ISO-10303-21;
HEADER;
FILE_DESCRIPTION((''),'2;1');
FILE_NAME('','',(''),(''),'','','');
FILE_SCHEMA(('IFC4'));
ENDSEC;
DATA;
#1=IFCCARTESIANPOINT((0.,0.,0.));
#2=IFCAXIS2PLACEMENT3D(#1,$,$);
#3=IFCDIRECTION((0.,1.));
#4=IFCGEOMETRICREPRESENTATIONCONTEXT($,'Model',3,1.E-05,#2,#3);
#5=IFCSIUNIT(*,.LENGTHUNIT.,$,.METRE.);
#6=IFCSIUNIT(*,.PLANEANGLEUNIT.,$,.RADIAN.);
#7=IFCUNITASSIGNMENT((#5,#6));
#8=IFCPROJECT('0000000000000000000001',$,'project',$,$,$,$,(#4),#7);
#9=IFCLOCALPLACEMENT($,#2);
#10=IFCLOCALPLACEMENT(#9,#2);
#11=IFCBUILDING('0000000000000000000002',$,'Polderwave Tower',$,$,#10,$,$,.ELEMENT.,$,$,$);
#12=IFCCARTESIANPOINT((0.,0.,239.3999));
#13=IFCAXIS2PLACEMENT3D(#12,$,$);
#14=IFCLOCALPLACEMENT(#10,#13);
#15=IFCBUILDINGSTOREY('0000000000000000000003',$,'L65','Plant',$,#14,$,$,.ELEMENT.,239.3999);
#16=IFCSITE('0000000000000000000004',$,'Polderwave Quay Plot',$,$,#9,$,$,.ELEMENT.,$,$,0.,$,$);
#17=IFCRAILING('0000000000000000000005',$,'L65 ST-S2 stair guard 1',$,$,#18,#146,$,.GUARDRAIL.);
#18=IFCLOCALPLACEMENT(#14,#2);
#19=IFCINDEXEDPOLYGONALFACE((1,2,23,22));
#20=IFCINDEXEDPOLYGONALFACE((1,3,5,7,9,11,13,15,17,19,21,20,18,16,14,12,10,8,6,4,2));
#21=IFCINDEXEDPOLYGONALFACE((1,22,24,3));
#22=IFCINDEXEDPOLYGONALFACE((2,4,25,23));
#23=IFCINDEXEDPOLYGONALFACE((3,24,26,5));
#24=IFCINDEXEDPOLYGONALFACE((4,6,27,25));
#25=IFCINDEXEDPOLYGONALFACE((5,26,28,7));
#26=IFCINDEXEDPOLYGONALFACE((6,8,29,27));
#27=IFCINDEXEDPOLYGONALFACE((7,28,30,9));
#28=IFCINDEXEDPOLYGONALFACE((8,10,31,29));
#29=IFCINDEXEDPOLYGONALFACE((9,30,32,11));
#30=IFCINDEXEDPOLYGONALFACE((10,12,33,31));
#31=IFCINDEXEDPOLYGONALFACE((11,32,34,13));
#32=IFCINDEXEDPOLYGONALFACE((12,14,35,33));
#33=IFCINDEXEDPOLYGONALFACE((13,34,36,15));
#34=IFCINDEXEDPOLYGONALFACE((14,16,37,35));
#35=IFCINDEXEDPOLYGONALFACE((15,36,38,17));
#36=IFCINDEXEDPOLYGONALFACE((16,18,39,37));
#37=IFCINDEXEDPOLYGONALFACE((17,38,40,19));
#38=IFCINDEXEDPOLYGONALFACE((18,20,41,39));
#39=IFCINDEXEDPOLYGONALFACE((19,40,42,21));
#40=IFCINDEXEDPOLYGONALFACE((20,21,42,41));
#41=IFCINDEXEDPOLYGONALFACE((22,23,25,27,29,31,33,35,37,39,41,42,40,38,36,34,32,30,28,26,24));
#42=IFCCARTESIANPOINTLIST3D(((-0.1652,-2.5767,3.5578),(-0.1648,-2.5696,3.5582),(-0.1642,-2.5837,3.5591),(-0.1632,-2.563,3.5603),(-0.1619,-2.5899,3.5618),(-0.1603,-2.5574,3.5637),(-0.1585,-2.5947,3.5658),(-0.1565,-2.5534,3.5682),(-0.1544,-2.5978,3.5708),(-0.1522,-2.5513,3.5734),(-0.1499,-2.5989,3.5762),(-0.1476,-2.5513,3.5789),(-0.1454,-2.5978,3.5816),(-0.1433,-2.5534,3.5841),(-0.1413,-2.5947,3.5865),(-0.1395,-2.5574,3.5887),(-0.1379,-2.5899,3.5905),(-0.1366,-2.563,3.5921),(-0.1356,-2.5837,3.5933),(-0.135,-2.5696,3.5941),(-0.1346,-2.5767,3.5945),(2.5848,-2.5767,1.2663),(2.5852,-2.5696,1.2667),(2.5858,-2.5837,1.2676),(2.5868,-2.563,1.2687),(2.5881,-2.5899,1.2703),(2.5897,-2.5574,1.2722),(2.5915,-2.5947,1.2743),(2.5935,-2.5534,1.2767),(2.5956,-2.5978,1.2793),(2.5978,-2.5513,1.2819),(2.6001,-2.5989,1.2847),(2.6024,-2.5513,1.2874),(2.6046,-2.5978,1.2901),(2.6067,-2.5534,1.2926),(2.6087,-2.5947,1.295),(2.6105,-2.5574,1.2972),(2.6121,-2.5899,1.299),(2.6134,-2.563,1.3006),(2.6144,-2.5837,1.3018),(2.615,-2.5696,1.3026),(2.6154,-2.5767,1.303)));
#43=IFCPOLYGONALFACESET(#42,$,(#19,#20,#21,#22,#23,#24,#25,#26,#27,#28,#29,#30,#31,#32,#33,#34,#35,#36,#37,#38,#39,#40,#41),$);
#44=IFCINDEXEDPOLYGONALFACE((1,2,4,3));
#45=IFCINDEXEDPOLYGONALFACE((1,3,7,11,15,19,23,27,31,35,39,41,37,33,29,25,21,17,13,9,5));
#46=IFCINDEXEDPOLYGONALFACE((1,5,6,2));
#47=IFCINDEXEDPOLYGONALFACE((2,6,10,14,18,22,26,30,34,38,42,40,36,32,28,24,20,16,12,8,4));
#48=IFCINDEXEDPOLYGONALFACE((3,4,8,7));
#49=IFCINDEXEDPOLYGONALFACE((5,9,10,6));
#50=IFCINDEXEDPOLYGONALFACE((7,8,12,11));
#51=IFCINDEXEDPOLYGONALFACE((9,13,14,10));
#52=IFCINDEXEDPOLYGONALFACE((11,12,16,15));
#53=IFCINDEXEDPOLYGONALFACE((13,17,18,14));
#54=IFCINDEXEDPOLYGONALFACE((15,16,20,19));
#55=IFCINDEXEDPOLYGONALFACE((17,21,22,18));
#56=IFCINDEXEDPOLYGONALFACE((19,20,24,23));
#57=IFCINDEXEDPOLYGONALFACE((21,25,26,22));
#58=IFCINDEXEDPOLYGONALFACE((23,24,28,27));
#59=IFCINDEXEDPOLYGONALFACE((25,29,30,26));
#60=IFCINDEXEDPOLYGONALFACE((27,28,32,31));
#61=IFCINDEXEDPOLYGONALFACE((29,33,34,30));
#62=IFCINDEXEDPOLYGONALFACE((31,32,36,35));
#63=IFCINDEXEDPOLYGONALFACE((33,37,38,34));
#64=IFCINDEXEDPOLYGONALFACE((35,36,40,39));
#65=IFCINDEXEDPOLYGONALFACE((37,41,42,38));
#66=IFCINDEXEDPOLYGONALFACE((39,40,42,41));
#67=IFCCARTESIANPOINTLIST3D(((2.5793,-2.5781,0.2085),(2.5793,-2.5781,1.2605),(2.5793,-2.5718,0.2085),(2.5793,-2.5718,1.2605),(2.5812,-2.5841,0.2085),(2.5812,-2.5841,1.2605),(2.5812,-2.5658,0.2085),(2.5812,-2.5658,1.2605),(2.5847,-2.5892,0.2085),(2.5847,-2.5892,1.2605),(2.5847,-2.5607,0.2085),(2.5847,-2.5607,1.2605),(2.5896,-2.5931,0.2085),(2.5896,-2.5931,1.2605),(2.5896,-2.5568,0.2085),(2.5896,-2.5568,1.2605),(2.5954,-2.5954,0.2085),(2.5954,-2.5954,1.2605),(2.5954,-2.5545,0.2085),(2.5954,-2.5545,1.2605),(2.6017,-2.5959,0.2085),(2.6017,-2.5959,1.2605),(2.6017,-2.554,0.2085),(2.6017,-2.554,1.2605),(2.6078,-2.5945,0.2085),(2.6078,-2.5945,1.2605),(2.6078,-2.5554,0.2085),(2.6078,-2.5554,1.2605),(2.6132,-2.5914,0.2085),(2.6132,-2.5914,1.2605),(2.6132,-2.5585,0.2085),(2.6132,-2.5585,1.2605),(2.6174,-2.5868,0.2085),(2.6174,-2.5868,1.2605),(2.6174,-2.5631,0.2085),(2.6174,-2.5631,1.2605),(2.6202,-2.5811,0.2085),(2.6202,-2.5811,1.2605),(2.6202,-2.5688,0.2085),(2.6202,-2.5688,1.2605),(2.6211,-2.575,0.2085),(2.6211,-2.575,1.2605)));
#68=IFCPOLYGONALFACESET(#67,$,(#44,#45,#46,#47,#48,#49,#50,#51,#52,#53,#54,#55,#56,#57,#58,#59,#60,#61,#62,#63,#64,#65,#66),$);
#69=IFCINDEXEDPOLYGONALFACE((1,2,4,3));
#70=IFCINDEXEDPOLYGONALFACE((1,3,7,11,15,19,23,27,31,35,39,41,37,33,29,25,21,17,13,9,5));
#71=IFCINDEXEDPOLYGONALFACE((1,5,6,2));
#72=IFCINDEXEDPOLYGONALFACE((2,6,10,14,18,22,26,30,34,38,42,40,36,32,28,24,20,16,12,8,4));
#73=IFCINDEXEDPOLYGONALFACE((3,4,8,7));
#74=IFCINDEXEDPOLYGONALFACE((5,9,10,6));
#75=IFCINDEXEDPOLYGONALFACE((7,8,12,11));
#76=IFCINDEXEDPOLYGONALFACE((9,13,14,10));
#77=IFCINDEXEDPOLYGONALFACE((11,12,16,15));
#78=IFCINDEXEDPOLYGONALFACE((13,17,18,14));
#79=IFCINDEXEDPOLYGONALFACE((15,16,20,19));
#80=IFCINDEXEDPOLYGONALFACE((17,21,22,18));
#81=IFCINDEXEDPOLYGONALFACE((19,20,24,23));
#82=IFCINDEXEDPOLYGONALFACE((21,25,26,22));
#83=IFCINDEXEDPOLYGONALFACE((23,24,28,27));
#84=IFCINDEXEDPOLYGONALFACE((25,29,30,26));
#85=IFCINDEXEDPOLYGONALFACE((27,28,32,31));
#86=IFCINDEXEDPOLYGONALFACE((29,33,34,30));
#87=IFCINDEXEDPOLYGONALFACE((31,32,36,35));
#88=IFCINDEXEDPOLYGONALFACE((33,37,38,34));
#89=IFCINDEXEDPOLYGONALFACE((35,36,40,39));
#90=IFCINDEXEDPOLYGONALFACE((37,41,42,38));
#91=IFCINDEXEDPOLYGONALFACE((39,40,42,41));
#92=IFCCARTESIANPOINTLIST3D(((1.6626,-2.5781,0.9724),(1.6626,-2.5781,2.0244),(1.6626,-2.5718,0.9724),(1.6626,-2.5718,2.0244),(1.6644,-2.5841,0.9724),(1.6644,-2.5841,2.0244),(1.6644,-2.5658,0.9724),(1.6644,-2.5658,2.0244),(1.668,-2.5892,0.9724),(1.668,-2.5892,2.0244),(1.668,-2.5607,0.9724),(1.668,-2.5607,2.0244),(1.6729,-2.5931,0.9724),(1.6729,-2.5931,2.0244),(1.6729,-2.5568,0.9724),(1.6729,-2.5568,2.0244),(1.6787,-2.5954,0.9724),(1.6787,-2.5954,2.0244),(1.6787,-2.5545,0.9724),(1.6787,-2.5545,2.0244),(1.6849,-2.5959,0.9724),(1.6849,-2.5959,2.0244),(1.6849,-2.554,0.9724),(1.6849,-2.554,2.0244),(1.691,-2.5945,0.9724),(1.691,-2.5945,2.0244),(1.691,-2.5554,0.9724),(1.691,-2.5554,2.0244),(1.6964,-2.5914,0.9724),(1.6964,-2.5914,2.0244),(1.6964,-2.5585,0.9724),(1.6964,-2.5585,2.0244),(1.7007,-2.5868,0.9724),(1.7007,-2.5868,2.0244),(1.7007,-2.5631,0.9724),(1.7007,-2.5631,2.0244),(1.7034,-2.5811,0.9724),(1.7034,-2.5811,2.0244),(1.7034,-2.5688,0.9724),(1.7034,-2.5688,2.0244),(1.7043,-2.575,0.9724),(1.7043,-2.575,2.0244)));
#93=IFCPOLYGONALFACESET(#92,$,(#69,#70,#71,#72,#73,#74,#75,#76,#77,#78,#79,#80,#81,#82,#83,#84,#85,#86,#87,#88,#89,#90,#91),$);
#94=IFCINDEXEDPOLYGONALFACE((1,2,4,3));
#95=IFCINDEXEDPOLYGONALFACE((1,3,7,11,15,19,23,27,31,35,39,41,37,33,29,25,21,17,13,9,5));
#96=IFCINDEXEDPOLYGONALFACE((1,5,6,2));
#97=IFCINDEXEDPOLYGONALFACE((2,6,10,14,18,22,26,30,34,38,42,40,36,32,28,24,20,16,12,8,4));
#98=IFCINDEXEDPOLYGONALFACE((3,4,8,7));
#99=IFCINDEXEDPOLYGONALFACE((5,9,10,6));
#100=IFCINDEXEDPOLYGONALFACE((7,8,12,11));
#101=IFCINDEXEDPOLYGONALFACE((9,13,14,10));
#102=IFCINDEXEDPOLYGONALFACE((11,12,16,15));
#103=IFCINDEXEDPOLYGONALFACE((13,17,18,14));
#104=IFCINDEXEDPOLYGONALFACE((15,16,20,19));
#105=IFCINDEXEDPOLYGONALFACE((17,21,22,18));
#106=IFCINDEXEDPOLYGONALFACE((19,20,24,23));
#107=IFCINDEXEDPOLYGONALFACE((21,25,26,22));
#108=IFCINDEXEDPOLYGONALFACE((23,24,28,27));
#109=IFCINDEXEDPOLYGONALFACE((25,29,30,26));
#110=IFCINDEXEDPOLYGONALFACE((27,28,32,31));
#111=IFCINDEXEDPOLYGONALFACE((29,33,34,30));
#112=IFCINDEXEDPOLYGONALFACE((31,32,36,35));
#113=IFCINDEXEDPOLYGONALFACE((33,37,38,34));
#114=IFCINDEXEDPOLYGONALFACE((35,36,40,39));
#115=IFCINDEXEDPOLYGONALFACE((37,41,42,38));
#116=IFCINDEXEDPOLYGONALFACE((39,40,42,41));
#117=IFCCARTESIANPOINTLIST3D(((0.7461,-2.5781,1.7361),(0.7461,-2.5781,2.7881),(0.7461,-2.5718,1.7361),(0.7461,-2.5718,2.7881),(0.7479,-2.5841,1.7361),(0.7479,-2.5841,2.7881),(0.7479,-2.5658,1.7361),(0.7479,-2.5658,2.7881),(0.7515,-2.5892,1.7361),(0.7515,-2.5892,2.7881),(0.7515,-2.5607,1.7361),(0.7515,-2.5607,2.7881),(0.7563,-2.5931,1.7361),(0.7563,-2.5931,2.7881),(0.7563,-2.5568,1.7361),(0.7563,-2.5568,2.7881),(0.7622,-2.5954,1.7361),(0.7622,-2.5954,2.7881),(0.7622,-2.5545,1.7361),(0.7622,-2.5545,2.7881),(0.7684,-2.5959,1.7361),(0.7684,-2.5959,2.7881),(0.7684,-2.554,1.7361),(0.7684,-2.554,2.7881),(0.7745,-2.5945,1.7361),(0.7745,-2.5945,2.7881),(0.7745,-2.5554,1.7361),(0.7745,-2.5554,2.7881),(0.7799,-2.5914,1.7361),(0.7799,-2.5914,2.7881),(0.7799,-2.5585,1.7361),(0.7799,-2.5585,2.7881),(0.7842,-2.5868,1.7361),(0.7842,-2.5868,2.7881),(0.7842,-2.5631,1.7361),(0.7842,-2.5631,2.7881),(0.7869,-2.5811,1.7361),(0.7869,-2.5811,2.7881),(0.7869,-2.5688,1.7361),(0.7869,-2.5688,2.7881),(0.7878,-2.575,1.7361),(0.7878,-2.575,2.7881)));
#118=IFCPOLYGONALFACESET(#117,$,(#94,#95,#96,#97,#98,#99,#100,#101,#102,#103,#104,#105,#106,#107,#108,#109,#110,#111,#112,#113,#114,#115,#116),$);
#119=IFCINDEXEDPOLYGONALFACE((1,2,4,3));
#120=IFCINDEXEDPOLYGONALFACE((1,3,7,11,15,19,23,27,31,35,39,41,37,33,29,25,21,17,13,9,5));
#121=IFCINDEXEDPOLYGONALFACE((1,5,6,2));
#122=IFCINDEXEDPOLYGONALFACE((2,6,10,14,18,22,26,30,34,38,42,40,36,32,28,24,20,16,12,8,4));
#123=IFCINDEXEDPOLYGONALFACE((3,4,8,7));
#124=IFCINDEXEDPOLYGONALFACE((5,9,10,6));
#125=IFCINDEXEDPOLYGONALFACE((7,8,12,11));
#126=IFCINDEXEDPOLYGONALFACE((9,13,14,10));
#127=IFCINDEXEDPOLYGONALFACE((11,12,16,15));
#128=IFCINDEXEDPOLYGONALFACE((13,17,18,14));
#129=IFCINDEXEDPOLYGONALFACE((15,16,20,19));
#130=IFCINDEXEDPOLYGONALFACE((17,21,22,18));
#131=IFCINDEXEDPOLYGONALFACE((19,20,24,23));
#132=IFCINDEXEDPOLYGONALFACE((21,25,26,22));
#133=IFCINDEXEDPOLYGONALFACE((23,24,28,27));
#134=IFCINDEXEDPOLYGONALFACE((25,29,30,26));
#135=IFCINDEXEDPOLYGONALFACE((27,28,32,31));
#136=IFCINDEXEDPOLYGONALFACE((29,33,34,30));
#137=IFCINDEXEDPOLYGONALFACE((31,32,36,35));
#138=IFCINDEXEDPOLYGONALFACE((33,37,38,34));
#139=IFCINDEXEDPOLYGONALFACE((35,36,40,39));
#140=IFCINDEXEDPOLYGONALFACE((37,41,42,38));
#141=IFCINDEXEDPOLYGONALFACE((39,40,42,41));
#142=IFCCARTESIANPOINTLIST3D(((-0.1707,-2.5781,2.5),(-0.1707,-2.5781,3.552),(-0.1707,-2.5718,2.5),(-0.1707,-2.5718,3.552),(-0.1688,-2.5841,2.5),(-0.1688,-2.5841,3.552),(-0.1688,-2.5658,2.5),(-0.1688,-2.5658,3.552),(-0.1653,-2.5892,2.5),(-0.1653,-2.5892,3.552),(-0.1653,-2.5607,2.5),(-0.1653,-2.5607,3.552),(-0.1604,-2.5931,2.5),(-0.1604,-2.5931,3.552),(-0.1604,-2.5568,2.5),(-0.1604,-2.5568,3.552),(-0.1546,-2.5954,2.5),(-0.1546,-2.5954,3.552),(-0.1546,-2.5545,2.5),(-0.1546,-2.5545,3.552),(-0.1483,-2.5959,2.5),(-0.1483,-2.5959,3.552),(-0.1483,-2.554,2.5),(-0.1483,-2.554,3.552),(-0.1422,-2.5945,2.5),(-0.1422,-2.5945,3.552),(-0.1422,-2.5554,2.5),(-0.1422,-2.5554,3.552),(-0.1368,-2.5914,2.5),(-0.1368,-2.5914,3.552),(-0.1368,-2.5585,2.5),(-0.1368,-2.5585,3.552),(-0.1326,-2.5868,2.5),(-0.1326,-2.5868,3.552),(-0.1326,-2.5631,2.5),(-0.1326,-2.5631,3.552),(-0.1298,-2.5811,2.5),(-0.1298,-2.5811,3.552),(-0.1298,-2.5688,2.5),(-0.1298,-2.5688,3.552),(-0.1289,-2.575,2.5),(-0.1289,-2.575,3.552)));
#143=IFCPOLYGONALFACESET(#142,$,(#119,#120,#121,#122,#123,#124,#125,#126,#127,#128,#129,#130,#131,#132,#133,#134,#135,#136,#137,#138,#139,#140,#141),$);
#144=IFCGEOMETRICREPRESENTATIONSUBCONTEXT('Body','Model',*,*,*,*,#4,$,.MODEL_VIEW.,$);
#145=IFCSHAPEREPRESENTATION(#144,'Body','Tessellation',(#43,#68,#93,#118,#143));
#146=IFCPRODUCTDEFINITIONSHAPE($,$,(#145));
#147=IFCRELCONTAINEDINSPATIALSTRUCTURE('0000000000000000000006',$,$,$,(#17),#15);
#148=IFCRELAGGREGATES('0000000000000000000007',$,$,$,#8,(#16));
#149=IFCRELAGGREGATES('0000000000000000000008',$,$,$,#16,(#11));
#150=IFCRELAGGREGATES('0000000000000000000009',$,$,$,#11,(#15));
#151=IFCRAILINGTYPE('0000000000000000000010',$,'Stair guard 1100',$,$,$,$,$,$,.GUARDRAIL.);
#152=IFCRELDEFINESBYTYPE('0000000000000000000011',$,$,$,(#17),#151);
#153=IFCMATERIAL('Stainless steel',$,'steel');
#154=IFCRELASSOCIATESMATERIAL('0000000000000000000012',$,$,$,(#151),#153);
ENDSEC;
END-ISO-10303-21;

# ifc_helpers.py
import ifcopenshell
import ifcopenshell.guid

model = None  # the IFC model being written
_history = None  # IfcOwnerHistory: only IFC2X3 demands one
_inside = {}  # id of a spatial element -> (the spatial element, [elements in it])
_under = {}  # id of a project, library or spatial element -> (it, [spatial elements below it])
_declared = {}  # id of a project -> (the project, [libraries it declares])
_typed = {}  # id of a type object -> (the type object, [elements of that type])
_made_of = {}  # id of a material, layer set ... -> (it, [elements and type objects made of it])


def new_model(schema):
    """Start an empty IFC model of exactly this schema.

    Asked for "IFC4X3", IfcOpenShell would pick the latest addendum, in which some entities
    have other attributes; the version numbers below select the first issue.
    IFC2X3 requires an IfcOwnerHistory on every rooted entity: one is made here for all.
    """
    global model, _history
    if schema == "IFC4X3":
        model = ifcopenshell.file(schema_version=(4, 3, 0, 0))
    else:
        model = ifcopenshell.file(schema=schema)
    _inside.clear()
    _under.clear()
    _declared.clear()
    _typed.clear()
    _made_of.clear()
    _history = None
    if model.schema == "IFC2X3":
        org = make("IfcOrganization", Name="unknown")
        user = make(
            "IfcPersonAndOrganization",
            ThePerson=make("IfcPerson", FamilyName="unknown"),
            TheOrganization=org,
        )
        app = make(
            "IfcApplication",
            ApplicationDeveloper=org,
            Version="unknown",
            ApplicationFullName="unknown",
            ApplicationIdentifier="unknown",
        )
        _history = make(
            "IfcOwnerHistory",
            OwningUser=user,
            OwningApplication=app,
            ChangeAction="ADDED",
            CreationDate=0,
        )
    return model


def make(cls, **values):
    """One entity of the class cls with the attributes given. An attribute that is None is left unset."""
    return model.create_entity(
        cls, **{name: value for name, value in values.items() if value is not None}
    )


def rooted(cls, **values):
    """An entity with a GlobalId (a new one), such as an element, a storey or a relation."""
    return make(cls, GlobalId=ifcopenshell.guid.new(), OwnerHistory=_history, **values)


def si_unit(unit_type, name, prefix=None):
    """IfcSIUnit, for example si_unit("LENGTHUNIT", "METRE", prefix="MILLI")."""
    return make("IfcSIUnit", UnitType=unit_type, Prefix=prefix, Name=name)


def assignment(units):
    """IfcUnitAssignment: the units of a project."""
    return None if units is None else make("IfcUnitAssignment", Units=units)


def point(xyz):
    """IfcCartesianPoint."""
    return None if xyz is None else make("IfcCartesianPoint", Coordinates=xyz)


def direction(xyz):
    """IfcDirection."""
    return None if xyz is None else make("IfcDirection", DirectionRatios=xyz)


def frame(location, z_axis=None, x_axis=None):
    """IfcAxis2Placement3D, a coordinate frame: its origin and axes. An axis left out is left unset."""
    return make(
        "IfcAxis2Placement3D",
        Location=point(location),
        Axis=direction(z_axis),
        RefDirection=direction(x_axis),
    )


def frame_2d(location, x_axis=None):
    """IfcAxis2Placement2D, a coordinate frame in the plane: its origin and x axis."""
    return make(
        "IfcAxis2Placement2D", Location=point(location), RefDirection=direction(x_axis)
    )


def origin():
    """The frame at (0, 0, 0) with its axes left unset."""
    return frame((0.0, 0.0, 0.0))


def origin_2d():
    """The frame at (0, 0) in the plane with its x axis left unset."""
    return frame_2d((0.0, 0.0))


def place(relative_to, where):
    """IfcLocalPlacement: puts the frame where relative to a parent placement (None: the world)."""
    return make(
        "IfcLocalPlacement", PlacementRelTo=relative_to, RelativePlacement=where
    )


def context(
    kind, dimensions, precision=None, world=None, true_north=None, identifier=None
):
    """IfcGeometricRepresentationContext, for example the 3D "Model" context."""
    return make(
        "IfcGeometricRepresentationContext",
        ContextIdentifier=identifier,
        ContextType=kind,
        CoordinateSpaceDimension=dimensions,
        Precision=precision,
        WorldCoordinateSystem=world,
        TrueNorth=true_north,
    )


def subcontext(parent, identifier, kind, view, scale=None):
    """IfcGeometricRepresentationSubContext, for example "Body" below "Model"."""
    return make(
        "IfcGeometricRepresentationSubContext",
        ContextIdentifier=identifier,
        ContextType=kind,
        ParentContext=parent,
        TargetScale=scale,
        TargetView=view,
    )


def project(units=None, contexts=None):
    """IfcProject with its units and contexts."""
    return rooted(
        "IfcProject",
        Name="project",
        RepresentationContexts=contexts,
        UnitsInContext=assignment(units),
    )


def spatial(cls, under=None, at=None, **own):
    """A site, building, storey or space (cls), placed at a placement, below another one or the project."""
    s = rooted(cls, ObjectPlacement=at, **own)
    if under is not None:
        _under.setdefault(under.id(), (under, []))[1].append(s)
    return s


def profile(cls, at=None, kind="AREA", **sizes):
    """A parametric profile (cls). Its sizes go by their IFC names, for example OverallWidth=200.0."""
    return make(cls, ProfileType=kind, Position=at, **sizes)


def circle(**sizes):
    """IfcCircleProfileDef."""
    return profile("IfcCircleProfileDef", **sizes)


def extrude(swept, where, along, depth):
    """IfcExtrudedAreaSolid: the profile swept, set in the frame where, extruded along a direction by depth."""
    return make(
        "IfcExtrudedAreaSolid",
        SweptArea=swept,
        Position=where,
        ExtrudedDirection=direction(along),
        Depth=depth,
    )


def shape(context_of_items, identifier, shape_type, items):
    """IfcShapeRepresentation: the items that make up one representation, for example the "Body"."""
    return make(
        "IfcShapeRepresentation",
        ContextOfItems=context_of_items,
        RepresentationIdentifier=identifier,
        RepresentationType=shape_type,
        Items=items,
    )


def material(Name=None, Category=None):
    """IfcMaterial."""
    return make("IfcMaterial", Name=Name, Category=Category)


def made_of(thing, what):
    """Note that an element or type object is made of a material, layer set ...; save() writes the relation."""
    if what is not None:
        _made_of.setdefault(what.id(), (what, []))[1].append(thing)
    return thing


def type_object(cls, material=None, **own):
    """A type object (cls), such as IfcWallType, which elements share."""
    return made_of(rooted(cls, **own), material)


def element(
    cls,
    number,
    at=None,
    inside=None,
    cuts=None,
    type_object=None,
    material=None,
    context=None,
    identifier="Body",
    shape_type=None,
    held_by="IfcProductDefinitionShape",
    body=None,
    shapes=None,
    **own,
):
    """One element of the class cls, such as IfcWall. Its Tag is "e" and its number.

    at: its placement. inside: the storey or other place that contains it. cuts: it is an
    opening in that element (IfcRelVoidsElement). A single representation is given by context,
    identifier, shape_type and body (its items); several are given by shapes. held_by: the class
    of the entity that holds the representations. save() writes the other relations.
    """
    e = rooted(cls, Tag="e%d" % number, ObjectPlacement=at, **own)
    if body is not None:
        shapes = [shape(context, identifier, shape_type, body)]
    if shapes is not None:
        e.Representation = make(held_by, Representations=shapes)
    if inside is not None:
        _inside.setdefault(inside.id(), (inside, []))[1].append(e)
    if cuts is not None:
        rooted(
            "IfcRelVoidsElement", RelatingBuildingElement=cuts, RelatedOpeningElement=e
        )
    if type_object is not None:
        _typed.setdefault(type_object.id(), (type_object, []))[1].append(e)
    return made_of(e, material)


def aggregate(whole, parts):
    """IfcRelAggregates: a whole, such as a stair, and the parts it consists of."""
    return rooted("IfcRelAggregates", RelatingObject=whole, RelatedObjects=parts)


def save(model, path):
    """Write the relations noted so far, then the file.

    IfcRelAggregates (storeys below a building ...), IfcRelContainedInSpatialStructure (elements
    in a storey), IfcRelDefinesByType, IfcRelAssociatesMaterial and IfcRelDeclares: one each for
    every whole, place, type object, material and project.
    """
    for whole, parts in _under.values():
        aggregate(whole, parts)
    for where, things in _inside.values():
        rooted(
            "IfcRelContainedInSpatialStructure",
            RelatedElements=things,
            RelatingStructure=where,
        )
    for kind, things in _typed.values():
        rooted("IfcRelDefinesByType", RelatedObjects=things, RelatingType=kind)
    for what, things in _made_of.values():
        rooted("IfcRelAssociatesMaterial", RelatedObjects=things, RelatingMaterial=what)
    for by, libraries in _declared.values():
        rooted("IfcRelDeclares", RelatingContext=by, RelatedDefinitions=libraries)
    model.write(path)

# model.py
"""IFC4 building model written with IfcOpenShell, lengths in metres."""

from ifc_helpers import new_model, si_unit, direction, frame, origin, origin_2d, place, context, subcontext, project, spatial, circle, extrude, material, type_object, element, save


model = new_model("IFC4")

# Units and contexts
model_context = context("Model", 3, precision=1e-05, world=origin(), true_north=direction((0.0, 1.0)))
body_context = subcontext(model_context, "Body", "Model", "MODEL_VIEW")
ifc_project = project(units=[si_unit("LENGTHUNIT", "METRE"), si_unit("PLANEANGLEUNIT", "RADIAN")], contexts=[model_context])

# Site, building, storey
site_placement = place(None, origin())
site = spatial("IfcSite", under=ifc_project, at=site_placement, Name="Polderwave Quay Plot", CompositionType="ELEMENT", RefElevation=0.0)
building_placement = place(site_placement, origin())
building = spatial("IfcBuilding", under=site, at=building_placement, Name="Polderwave Tower", CompositionType="ELEMENT")
storey_placement = place(building_placement, frame((0.0, 0.0, 239.3999)))
storey = spatial("IfcBuildingStorey", under=building, at=storey_placement, Name="L65", Description="Plant", CompositionType="ELEMENT", Elevation=239.3999)

# Railing
ifc_material_1 = material(Name="Stainless steel", Category="steel")
railing_type_1 = type_object("IfcRailingType", Name="Stair guard 1100", PredefinedType="GUARDRAIL", material=ifc_material_1)
railing_1_placement = place(storey_placement, frame((2.6001, -2.575, 0.2085)))
element("IfcRailing", 1, at=railing_1_placement, inside=storey, type_object=railing_type_1, Name="L65 ST-S2 stair guard 1", PredefinedType="GUARDRAIL", context=body_context, shape_type="SweptSolid", body=[
    extrude(circle(Radius=0.0239, at=origin_2d()), frame((0.0, 0.0, 1.0762), z_axis=(-0.768244, 0.0, 0.640158), x_axis=(0.0, -1.0, 0.0)), (0.0, 0.0, 1.0), 3.5796),
    extrude(circle(Radius=0.021, at=origin_2d()), origin(), (0.0, 0.0, 1.0), 1.052),
    extrude(circle(Radius=0.021, at=origin_2d()), frame((-0.9167, 0.0, 0.7639)), (0.0, 0.0, 1.0), 1.052),
    extrude(circle(Radius=0.021, at=origin_2d()), frame((-1.8333, 0.0, 1.5276)), (0.0, 0.0, 1.0), 1.052),
    extrude(circle(Radius=0.021, at=origin_2d()), frame((-2.75, 0.0, 2.2915)), (0.0, 0.0, 1.0), 1.052),
])

save(model, "model.ifc")
